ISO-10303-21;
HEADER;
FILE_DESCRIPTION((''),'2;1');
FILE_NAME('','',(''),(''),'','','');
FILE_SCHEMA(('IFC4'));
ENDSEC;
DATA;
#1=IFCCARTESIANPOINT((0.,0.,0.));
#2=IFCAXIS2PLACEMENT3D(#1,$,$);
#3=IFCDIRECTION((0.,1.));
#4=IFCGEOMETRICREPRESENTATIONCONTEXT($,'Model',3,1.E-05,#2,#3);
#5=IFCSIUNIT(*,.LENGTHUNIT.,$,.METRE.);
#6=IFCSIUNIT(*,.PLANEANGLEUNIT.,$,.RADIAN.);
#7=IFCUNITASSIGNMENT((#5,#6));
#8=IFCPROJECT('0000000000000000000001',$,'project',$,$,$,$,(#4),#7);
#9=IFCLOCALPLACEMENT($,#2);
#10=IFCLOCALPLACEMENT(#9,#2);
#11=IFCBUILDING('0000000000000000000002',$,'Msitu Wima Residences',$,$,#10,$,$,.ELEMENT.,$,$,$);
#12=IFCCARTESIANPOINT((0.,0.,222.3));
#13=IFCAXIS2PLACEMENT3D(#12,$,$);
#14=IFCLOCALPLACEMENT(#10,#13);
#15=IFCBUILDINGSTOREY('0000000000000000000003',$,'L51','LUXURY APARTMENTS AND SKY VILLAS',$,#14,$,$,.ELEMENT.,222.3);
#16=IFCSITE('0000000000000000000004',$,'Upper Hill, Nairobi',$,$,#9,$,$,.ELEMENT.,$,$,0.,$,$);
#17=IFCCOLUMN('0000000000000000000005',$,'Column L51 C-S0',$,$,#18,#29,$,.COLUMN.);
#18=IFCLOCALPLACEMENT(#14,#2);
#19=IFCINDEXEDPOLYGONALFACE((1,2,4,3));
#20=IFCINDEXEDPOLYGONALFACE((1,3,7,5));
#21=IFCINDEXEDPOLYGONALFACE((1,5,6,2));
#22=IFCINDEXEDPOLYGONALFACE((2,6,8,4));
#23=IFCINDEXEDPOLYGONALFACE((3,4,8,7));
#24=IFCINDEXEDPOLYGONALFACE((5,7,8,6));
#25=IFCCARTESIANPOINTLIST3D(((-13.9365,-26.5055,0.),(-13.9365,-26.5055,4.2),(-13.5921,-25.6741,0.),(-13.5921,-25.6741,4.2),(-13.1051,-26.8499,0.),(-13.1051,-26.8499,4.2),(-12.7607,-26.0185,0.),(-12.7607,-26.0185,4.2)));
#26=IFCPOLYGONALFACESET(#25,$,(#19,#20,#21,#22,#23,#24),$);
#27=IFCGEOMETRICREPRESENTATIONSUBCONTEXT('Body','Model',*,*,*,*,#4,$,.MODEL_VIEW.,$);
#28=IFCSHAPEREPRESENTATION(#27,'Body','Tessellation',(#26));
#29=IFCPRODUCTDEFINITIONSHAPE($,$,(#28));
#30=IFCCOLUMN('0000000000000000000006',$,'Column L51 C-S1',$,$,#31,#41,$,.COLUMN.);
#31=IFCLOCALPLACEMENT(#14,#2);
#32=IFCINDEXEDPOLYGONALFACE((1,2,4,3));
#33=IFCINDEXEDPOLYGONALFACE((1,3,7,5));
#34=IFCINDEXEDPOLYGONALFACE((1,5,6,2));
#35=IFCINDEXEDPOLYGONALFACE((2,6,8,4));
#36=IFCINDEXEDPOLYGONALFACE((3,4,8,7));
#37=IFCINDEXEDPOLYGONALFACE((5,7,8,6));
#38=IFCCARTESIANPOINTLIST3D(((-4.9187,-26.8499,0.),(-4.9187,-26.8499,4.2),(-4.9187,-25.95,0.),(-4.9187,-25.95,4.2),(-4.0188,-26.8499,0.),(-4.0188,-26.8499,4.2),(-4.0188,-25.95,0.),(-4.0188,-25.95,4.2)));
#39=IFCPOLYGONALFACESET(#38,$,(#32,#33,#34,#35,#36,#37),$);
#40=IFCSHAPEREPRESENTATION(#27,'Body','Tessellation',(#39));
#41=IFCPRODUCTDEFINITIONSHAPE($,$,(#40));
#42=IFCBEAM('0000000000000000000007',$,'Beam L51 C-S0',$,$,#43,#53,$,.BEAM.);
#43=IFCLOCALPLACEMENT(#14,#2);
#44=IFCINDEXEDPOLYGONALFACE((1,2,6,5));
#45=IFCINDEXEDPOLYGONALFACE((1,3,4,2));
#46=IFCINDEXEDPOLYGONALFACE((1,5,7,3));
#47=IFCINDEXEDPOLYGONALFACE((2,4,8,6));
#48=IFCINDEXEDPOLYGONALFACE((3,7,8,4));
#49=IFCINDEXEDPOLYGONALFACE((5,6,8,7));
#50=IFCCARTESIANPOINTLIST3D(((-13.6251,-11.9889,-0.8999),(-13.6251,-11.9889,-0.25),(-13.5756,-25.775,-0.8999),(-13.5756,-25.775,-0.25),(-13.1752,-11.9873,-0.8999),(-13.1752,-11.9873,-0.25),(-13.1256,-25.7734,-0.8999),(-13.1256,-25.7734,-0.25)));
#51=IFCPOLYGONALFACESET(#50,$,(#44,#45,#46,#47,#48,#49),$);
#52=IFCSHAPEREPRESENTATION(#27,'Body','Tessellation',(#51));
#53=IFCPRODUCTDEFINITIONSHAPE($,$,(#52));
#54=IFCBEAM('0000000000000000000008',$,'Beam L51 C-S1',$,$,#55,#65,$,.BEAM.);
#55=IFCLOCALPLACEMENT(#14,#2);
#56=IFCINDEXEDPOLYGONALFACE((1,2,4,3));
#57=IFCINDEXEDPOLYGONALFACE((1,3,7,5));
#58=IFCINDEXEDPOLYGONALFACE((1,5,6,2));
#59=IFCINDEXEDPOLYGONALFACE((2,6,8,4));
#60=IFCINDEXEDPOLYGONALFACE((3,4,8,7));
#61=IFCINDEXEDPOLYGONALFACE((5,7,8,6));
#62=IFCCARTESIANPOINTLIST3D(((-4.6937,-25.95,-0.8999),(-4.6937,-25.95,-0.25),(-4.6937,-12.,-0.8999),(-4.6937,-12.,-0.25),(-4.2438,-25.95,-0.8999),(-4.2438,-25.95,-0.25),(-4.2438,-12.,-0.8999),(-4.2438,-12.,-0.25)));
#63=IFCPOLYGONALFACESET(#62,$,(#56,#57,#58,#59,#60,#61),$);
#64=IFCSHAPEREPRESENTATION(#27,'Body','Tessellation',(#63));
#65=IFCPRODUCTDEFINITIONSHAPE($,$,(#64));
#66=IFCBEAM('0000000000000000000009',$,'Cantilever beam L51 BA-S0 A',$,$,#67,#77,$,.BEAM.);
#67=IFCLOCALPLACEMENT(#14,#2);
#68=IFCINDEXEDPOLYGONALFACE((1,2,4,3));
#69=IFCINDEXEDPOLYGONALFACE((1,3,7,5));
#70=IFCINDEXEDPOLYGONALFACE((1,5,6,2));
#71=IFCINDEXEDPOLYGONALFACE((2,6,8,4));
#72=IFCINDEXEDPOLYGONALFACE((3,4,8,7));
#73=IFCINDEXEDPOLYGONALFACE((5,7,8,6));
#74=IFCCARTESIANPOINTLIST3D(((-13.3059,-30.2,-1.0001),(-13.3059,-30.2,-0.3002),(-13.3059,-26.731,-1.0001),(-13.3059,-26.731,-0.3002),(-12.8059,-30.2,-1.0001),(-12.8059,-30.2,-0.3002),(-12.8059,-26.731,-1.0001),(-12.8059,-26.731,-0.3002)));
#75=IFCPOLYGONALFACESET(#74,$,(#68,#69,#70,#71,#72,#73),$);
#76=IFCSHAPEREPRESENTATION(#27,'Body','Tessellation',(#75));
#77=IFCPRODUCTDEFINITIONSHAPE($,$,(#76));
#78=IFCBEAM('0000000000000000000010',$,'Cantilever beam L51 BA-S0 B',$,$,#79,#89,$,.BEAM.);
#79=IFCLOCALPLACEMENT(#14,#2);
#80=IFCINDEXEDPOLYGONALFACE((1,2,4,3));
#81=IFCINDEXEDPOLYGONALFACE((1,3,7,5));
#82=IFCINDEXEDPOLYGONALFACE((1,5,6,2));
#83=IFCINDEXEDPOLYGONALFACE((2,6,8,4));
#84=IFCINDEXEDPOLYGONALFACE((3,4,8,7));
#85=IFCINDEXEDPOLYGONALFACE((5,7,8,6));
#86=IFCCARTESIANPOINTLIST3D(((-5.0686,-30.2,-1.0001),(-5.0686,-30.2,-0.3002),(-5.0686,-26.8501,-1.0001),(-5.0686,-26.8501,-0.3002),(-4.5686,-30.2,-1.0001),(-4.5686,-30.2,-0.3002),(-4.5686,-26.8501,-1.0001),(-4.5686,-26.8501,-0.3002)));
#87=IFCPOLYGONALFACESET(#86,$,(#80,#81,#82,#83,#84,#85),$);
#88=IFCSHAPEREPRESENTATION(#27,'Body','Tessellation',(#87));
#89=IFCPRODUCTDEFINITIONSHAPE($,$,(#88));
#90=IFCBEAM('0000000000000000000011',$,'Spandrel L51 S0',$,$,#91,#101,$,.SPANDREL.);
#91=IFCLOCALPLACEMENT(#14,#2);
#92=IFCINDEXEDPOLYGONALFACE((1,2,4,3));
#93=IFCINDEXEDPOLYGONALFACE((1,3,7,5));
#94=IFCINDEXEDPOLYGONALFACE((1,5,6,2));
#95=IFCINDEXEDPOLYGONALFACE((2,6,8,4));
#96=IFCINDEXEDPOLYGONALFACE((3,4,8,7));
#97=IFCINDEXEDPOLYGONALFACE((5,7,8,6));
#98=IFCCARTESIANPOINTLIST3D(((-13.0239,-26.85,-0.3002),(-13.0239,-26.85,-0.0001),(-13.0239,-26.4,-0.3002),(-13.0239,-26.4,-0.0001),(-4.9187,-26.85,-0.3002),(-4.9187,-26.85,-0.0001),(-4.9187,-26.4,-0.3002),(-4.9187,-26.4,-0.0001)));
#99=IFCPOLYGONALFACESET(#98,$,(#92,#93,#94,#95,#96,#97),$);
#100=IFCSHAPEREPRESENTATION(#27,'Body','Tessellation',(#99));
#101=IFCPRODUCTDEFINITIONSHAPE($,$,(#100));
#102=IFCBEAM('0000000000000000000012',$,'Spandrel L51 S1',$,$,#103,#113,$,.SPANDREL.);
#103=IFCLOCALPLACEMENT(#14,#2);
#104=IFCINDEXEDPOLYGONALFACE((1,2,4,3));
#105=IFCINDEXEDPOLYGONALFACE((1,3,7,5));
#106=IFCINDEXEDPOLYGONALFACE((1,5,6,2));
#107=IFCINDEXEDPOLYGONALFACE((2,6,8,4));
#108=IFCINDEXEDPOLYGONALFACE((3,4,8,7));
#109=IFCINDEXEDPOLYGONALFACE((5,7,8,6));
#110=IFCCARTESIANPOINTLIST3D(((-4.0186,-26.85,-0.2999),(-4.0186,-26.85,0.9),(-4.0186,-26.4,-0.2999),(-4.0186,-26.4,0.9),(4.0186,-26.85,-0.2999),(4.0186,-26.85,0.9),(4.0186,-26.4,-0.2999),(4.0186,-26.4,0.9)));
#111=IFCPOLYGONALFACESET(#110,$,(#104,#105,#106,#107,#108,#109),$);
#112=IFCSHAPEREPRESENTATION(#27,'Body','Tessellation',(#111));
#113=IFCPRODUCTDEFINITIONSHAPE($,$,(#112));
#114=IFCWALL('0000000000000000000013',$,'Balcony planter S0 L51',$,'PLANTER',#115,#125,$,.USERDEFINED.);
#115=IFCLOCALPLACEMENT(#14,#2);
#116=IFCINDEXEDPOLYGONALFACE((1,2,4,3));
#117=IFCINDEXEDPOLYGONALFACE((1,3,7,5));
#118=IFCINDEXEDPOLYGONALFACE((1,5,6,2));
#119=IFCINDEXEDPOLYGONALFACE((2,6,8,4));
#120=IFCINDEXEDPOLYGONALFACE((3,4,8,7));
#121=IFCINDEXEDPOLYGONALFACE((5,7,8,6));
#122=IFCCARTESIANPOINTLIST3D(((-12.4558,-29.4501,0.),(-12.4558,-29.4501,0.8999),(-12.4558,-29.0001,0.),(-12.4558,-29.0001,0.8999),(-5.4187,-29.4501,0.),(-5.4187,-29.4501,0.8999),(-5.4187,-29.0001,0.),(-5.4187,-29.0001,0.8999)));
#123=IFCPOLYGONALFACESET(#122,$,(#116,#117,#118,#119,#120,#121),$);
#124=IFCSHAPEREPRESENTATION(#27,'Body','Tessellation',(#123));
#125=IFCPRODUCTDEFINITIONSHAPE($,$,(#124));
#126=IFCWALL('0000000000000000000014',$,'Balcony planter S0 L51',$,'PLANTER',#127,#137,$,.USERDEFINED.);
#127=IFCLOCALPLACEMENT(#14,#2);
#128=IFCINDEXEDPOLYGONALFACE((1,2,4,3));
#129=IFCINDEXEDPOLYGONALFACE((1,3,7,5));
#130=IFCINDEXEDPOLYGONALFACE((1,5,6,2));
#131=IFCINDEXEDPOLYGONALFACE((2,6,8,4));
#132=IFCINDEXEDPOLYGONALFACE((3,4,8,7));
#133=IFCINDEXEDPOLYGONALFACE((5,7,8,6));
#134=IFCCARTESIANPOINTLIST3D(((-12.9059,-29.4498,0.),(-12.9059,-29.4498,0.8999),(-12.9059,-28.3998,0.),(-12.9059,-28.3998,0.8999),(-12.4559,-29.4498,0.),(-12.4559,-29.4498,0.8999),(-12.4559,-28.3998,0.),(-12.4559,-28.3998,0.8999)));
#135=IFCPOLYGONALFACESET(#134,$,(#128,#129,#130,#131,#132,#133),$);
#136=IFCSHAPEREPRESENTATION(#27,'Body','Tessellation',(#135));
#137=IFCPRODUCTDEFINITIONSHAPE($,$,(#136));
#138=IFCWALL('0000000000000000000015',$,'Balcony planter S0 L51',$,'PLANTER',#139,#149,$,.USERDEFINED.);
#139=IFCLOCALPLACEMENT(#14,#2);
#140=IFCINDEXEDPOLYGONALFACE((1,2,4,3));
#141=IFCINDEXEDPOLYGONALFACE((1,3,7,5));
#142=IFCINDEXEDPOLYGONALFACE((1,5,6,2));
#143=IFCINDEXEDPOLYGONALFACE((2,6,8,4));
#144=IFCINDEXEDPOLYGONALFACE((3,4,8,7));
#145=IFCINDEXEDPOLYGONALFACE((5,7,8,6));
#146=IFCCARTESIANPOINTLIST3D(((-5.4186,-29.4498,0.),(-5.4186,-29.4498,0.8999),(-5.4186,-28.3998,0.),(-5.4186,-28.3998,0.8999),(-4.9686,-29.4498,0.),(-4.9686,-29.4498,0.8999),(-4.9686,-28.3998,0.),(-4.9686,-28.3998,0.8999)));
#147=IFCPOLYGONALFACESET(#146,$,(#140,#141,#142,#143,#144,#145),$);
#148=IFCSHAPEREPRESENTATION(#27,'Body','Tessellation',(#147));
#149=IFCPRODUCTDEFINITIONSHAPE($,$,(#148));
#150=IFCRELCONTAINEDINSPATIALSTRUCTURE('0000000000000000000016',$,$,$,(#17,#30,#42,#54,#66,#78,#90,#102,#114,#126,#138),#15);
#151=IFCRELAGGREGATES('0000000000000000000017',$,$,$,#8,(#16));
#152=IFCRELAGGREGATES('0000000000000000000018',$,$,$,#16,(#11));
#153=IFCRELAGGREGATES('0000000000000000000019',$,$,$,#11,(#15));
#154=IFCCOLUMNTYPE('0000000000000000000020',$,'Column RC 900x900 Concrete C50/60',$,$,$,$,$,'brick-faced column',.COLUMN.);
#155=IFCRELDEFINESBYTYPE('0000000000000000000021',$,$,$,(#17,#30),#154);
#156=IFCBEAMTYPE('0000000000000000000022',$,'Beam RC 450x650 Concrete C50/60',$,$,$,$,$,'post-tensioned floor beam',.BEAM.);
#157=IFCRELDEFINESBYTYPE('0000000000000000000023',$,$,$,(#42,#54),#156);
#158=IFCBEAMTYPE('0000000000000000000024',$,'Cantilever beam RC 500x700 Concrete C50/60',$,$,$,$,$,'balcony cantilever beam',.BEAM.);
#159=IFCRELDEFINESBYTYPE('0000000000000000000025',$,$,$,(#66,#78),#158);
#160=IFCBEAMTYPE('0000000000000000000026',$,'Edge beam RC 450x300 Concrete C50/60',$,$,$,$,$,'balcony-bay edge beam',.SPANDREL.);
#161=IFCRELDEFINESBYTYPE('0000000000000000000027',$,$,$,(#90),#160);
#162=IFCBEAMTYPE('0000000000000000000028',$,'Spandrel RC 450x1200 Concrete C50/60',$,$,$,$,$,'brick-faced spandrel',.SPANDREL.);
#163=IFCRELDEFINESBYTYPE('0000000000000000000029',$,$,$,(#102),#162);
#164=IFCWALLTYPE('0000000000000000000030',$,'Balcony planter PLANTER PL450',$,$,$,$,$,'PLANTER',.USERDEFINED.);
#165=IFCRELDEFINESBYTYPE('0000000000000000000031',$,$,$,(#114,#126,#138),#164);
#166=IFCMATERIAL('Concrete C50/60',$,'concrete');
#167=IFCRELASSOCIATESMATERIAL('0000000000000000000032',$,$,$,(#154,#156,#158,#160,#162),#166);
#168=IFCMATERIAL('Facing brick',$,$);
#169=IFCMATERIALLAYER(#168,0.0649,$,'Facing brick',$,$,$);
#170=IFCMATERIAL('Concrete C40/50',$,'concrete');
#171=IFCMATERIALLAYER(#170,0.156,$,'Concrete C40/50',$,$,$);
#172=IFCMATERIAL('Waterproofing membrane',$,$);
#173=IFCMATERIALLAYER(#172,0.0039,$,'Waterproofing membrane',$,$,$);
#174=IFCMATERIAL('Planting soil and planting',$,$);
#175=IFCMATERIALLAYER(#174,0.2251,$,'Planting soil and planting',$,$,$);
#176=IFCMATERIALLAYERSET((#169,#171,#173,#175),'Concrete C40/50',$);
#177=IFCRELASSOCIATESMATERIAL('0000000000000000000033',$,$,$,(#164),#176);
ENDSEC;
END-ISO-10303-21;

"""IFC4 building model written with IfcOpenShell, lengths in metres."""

from ifc_helpers import new_model, si_unit, direction, frame, frame_2d, origin, origin_2d, place, context, subcontext, project, spatial, rectangle, extrude, material, layer, layer_set, material_profile, profile_set, type_object, element, save


model = new_model("IFC4")

# Units and contexts
model_context = context("Model", 3, precision=1e-05, world=origin(), true_north=direction((0.0, 1.0)))
body_context = subcontext(model_context, "Body", "Model", "MODEL_VIEW")
ifc_project = project(units=[si_unit("LENGTHUNIT", "METRE"), si_unit("PLANEANGLEUNIT", "RADIAN")], contexts=[model_context])

# Site, building, storey
site_placement = place(None, origin())
site = spatial("IfcSite", under=ifc_project, at=site_placement, Name="Upper Hill, Nairobi", CompositionType="ELEMENT", RefElevation=0.0)
building_placement = place(site_placement, origin())
building = spatial("IfcBuilding", under=site, at=building_placement, Name="Msitu Wima Residences", CompositionType="ELEMENT")
storey_placement = place(building_placement, frame((0.0, 0.0, 222.3)))
storey = spatial("IfcBuildingStorey", under=building, at=storey_placement, Name="L51", Description="LUXURY APARTMENTS AND SKY VILLAS", CompositionType="ELEMENT", Elevation=222.3)

# Columns
ifc_material_1 = material(Name="Concrete C50/60", Category="concrete")
ifc_material_profile_1 = material_profile(ifc_material_1, rectangle(XDim=0.8999, YDim=0.8999, at=origin_2d()), Name="RC 900x900")
ifc_profile_set_1 = profile_set([ifc_material_profile_1], Name="Concrete C50/60")
column_type = type_object("IfcColumnType", Name="Column RC 900x900 Concrete C50/60", ElementType="brick-faced column", PredefinedType="COLUMN", material=ifc_profile_set_1)
for number, where, z_axis, x_axis, name in (
    (1, (-13.3486, -26.262, 0.0), (0.0, 0.0, 1.0), (0.92388, -0.382683, 0.0), "Column L51 C-S0"),
    (2, (-4.4688, -26.3999, 0.0), (0.0, 0.0, 1.0), (1.0, 0.0, 0.0), "Column L51 C-S1"),
):
    element("IfcColumn", number, at=place(storey_placement, frame(where, z_axis=z_axis, x_axis=x_axis)), inside=storey, type_object=column_type, Name=name, PredefinedType="COLUMN", context=body_context, shape_type="SweptSolid", body=[
        extrude(rectangle(XDim=0.8999, YDim=0.8999, at=origin_2d()), origin(), (0.0, 0.0, 1.0), 4.2),
    ])

# Beams
ifc_material_profile_2 = material_profile(ifc_material_1, rectangle(XDim=0.45, YDim=0.6499, at=origin_2d()), Name="RC 450x650")
ifc_profile_set_2 = profile_set([ifc_material_profile_2], Name="Concrete C50/60")
beam_type_1 = type_object("IfcBeamType", Name="Beam RC 450x650 Concrete C50/60", ElementType="post-tensioned floor beam", PredefinedType="BEAM", material=ifc_profile_set_2)
beam_1_placement = place(storey_placement, frame((-13.3506, -25.7742, -0.575), z_axis=(-0.003595, 0.999994, 0.0), x_axis=(-0.999994, -0.003595, 0.0)))
element("IfcBeam", 3, at=beam_1_placement, inside=storey, type_object=beam_type_1, Name="Beam L51 C-S0", PredefinedType="BEAM", context=body_context, shape_type="SweptSolid", body=[
    extrude(rectangle(XDim=0.45, YDim=0.6499, at=origin_2d()), origin(), (0.0, 0.0, 1.0), 13.7861),
])
beam_2_placement = place(storey_placement, frame((-4.4688, -25.95, -0.575), z_axis=(0.0, 1.0, 0.0), x_axis=(-1.0, 0.0, 0.0)))
element("IfcBeam", 4, at=beam_2_placement, inside=storey, type_object=beam_type_1, Name="Beam L51 C-S1", PredefinedType="BEAM", context=body_context, shape_type="SweptSolid", body=[
    extrude(rectangle(XDim=0.45, YDim=0.6499, at=origin_2d()), origin(), (0.0, 0.0, 1.0), 13.95),
])
ifc_material_profile_3 = material_profile(ifc_material_1, rectangle(XDim=0.5, YDim=0.7, at=origin_2d()), Name="RC 500x700")
ifc_profile_set_3 = profile_set([ifc_material_profile_3], Name="Concrete C50/60")
beam_type_2 = type_object("IfcBeamType", Name="Cantilever beam RC 500x700 Concrete C50/60", ElementType="balcony cantilever beam", PredefinedType="BEAM", material=ifc_profile_set_3)
beam_3_placement = place(storey_placement, frame((-13.0559, -26.731, -0.6501), z_axis=(0.0, -1.0, 0.0), x_axis=(1.0, 0.0, 0.0)))
element("IfcBeam", 5, at=beam_3_placement, inside=storey, type_object=beam_type_2, Name="Cantilever beam L51 BA-S0 A", PredefinedType="BEAM", context=body_context, shape_type="SweptSolid", body=[
    extrude(rectangle(XDim=0.5, YDim=0.7, at=origin_2d()), origin(), (0.0, 0.0, 1.0), 3.469),
])
beam_4_placement = place(storey_placement, frame((-4.8186, -26.8501, -0.6501), z_axis=(0.0, -1.0, 0.0), x_axis=(1.0, 0.0, 0.0)))
element("IfcBeam", 6, at=beam_4_placement, inside=storey, type_object=beam_type_2, Name="Cantilever beam L51 BA-S0 B", PredefinedType="BEAM", context=body_context, shape_type="SweptSolid", body=[
    extrude(rectangle(XDim=0.5, YDim=0.7, at=origin_2d()), origin(), (0.0, 0.0, 1.0), 3.3499),
])
ifc_material_profile_4 = material_profile(ifc_material_1, rectangle(XDim=0.45, YDim=0.3, at=origin_2d()), Name="RC 450x300")
ifc_profile_set_4 = profile_set([ifc_material_profile_4], Name="Concrete C50/60")
beam_type_3 = type_object("IfcBeamType", Name="Edge beam RC 450x300 Concrete C50/60", ElementType="balcony-bay edge beam", PredefinedType="SPANDREL", material=ifc_profile_set_4)
beam_5_placement = place(storey_placement, frame((-13.0239, -26.625, -0.1501), z_axis=(1.0, 0.0, 0.0), x_axis=(0.0, 1.0, 0.0)))
element("IfcBeam", 7, at=beam_5_placement, inside=storey, type_object=beam_type_3, Name="Spandrel L51 S0", PredefinedType="SPANDREL", context=body_context, shape_type="SweptSolid", body=[
    extrude(rectangle(XDim=0.45, YDim=0.3, at=origin_2d()), origin(), (0.0, 0.0, 1.0), 8.1052),
])
ifc_material_profile_5 = material_profile(ifc_material_1, rectangle(XDim=0.45, YDim=1.2, at=origin_2d()), Name="RC 450x1200")
ifc_profile_set_5 = profile_set([ifc_material_profile_5], Name="Concrete C50/60")
beam_type_4 = type_object("IfcBeamType", Name="Spandrel RC 450x1200 Concrete C50/60", ElementType="brick-faced spandrel", PredefinedType="SPANDREL", material=ifc_profile_set_5)
beam_6_placement = place(storey_placement, frame((-4.0186, -26.625, 0.3), z_axis=(1.0, 0.0, 0.0), x_axis=(0.0, 1.0, 0.0)))
element("IfcBeam", 8, at=beam_6_placement, inside=storey, type_object=beam_type_4, Name="Spandrel L51 S1", PredefinedType="SPANDREL", context=body_context, shape_type="SweptSolid", body=[
    extrude(rectangle(XDim=0.45, YDim=1.2, at=origin_2d()), origin(), (0.0, 0.0, 1.0), 8.0371),
])

# Walls
ifc_material_2 = material(Name="Facing brick")
ifc_layer_1 = layer(ifc_material_2, 0.0649, Name="Facing brick")
ifc_material_3 = material(Name="Concrete C40/50", Category="concrete")
ifc_layer_2 = layer(ifc_material_3, 0.156, Name="Concrete C40/50")
ifc_material_4 = material(Name="Waterproofing membrane")
ifc_layer_3 = layer(ifc_material_4, 0.0039, Name="Waterproofing membrane")
ifc_material_5 = material(Name="Planting soil and planting")
ifc_layer_4 = layer(ifc_material_5, 0.2251, Name="Planting soil and planting")
ifc_layer_set_1 = layer_set([ifc_layer_1, ifc_layer_2, ifc_layer_3, ifc_layer_4], Name="Concrete C40/50")
wall_type_1 = type_object("IfcWallType", Name="Balcony planter PLANTER PL450", ElementType="PLANTER", PredefinedType="USERDEFINED", material=ifc_layer_set_1)
wall_1_placement = place(storey_placement, frame((-12.4558, -29.2251, 0.0), z_axis=(0.0, 0.0, 1.0), x_axis=(1.0, 0.0, 0.0)))
element("IfcWall", 9, at=wall_1_placement, inside=storey, type_object=wall_type_1, Name="Balcony planter S0 L51", ObjectType="PLANTER", PredefinedType="USERDEFINED", context=body_context, shape_type="SweptSolid", body=[
    extrude(rectangle(XDim=7.0371, YDim=0.45, at=frame_2d((3.5186, 0.0))), origin(), (0.0, 0.0, 1.0), 0.8999),
])
for number, where, z_axis, x_axis, name in (
    (10, (-12.6809, -28.3999, 0.0), (0.0, 0.0, 1.0), (0.0, -1.0, 0.0), "Balcony planter S0 L51"),
    (11, (-5.1936, -28.3999, 0.0), (0.0, 0.0, 1.0), (0.0, -1.0, 0.0), "Balcony planter S0 L51"),
):
    element("IfcWall", number, at=place(storey_placement, frame(where, z_axis=z_axis, x_axis=x_axis)), inside=storey, type_object=wall_type_1, Name=name, ObjectType="PLANTER", PredefinedType="USERDEFINED", context=body_context, shape_type="SweptSolid", body=[
        extrude(rectangle(XDim=1.05, YDim=0.45, at=frame_2d((0.5249, 0.0))), origin(), (0.0, 0.0, 1.0), 0.8999),
    ])

save(model, "model.ifc")
